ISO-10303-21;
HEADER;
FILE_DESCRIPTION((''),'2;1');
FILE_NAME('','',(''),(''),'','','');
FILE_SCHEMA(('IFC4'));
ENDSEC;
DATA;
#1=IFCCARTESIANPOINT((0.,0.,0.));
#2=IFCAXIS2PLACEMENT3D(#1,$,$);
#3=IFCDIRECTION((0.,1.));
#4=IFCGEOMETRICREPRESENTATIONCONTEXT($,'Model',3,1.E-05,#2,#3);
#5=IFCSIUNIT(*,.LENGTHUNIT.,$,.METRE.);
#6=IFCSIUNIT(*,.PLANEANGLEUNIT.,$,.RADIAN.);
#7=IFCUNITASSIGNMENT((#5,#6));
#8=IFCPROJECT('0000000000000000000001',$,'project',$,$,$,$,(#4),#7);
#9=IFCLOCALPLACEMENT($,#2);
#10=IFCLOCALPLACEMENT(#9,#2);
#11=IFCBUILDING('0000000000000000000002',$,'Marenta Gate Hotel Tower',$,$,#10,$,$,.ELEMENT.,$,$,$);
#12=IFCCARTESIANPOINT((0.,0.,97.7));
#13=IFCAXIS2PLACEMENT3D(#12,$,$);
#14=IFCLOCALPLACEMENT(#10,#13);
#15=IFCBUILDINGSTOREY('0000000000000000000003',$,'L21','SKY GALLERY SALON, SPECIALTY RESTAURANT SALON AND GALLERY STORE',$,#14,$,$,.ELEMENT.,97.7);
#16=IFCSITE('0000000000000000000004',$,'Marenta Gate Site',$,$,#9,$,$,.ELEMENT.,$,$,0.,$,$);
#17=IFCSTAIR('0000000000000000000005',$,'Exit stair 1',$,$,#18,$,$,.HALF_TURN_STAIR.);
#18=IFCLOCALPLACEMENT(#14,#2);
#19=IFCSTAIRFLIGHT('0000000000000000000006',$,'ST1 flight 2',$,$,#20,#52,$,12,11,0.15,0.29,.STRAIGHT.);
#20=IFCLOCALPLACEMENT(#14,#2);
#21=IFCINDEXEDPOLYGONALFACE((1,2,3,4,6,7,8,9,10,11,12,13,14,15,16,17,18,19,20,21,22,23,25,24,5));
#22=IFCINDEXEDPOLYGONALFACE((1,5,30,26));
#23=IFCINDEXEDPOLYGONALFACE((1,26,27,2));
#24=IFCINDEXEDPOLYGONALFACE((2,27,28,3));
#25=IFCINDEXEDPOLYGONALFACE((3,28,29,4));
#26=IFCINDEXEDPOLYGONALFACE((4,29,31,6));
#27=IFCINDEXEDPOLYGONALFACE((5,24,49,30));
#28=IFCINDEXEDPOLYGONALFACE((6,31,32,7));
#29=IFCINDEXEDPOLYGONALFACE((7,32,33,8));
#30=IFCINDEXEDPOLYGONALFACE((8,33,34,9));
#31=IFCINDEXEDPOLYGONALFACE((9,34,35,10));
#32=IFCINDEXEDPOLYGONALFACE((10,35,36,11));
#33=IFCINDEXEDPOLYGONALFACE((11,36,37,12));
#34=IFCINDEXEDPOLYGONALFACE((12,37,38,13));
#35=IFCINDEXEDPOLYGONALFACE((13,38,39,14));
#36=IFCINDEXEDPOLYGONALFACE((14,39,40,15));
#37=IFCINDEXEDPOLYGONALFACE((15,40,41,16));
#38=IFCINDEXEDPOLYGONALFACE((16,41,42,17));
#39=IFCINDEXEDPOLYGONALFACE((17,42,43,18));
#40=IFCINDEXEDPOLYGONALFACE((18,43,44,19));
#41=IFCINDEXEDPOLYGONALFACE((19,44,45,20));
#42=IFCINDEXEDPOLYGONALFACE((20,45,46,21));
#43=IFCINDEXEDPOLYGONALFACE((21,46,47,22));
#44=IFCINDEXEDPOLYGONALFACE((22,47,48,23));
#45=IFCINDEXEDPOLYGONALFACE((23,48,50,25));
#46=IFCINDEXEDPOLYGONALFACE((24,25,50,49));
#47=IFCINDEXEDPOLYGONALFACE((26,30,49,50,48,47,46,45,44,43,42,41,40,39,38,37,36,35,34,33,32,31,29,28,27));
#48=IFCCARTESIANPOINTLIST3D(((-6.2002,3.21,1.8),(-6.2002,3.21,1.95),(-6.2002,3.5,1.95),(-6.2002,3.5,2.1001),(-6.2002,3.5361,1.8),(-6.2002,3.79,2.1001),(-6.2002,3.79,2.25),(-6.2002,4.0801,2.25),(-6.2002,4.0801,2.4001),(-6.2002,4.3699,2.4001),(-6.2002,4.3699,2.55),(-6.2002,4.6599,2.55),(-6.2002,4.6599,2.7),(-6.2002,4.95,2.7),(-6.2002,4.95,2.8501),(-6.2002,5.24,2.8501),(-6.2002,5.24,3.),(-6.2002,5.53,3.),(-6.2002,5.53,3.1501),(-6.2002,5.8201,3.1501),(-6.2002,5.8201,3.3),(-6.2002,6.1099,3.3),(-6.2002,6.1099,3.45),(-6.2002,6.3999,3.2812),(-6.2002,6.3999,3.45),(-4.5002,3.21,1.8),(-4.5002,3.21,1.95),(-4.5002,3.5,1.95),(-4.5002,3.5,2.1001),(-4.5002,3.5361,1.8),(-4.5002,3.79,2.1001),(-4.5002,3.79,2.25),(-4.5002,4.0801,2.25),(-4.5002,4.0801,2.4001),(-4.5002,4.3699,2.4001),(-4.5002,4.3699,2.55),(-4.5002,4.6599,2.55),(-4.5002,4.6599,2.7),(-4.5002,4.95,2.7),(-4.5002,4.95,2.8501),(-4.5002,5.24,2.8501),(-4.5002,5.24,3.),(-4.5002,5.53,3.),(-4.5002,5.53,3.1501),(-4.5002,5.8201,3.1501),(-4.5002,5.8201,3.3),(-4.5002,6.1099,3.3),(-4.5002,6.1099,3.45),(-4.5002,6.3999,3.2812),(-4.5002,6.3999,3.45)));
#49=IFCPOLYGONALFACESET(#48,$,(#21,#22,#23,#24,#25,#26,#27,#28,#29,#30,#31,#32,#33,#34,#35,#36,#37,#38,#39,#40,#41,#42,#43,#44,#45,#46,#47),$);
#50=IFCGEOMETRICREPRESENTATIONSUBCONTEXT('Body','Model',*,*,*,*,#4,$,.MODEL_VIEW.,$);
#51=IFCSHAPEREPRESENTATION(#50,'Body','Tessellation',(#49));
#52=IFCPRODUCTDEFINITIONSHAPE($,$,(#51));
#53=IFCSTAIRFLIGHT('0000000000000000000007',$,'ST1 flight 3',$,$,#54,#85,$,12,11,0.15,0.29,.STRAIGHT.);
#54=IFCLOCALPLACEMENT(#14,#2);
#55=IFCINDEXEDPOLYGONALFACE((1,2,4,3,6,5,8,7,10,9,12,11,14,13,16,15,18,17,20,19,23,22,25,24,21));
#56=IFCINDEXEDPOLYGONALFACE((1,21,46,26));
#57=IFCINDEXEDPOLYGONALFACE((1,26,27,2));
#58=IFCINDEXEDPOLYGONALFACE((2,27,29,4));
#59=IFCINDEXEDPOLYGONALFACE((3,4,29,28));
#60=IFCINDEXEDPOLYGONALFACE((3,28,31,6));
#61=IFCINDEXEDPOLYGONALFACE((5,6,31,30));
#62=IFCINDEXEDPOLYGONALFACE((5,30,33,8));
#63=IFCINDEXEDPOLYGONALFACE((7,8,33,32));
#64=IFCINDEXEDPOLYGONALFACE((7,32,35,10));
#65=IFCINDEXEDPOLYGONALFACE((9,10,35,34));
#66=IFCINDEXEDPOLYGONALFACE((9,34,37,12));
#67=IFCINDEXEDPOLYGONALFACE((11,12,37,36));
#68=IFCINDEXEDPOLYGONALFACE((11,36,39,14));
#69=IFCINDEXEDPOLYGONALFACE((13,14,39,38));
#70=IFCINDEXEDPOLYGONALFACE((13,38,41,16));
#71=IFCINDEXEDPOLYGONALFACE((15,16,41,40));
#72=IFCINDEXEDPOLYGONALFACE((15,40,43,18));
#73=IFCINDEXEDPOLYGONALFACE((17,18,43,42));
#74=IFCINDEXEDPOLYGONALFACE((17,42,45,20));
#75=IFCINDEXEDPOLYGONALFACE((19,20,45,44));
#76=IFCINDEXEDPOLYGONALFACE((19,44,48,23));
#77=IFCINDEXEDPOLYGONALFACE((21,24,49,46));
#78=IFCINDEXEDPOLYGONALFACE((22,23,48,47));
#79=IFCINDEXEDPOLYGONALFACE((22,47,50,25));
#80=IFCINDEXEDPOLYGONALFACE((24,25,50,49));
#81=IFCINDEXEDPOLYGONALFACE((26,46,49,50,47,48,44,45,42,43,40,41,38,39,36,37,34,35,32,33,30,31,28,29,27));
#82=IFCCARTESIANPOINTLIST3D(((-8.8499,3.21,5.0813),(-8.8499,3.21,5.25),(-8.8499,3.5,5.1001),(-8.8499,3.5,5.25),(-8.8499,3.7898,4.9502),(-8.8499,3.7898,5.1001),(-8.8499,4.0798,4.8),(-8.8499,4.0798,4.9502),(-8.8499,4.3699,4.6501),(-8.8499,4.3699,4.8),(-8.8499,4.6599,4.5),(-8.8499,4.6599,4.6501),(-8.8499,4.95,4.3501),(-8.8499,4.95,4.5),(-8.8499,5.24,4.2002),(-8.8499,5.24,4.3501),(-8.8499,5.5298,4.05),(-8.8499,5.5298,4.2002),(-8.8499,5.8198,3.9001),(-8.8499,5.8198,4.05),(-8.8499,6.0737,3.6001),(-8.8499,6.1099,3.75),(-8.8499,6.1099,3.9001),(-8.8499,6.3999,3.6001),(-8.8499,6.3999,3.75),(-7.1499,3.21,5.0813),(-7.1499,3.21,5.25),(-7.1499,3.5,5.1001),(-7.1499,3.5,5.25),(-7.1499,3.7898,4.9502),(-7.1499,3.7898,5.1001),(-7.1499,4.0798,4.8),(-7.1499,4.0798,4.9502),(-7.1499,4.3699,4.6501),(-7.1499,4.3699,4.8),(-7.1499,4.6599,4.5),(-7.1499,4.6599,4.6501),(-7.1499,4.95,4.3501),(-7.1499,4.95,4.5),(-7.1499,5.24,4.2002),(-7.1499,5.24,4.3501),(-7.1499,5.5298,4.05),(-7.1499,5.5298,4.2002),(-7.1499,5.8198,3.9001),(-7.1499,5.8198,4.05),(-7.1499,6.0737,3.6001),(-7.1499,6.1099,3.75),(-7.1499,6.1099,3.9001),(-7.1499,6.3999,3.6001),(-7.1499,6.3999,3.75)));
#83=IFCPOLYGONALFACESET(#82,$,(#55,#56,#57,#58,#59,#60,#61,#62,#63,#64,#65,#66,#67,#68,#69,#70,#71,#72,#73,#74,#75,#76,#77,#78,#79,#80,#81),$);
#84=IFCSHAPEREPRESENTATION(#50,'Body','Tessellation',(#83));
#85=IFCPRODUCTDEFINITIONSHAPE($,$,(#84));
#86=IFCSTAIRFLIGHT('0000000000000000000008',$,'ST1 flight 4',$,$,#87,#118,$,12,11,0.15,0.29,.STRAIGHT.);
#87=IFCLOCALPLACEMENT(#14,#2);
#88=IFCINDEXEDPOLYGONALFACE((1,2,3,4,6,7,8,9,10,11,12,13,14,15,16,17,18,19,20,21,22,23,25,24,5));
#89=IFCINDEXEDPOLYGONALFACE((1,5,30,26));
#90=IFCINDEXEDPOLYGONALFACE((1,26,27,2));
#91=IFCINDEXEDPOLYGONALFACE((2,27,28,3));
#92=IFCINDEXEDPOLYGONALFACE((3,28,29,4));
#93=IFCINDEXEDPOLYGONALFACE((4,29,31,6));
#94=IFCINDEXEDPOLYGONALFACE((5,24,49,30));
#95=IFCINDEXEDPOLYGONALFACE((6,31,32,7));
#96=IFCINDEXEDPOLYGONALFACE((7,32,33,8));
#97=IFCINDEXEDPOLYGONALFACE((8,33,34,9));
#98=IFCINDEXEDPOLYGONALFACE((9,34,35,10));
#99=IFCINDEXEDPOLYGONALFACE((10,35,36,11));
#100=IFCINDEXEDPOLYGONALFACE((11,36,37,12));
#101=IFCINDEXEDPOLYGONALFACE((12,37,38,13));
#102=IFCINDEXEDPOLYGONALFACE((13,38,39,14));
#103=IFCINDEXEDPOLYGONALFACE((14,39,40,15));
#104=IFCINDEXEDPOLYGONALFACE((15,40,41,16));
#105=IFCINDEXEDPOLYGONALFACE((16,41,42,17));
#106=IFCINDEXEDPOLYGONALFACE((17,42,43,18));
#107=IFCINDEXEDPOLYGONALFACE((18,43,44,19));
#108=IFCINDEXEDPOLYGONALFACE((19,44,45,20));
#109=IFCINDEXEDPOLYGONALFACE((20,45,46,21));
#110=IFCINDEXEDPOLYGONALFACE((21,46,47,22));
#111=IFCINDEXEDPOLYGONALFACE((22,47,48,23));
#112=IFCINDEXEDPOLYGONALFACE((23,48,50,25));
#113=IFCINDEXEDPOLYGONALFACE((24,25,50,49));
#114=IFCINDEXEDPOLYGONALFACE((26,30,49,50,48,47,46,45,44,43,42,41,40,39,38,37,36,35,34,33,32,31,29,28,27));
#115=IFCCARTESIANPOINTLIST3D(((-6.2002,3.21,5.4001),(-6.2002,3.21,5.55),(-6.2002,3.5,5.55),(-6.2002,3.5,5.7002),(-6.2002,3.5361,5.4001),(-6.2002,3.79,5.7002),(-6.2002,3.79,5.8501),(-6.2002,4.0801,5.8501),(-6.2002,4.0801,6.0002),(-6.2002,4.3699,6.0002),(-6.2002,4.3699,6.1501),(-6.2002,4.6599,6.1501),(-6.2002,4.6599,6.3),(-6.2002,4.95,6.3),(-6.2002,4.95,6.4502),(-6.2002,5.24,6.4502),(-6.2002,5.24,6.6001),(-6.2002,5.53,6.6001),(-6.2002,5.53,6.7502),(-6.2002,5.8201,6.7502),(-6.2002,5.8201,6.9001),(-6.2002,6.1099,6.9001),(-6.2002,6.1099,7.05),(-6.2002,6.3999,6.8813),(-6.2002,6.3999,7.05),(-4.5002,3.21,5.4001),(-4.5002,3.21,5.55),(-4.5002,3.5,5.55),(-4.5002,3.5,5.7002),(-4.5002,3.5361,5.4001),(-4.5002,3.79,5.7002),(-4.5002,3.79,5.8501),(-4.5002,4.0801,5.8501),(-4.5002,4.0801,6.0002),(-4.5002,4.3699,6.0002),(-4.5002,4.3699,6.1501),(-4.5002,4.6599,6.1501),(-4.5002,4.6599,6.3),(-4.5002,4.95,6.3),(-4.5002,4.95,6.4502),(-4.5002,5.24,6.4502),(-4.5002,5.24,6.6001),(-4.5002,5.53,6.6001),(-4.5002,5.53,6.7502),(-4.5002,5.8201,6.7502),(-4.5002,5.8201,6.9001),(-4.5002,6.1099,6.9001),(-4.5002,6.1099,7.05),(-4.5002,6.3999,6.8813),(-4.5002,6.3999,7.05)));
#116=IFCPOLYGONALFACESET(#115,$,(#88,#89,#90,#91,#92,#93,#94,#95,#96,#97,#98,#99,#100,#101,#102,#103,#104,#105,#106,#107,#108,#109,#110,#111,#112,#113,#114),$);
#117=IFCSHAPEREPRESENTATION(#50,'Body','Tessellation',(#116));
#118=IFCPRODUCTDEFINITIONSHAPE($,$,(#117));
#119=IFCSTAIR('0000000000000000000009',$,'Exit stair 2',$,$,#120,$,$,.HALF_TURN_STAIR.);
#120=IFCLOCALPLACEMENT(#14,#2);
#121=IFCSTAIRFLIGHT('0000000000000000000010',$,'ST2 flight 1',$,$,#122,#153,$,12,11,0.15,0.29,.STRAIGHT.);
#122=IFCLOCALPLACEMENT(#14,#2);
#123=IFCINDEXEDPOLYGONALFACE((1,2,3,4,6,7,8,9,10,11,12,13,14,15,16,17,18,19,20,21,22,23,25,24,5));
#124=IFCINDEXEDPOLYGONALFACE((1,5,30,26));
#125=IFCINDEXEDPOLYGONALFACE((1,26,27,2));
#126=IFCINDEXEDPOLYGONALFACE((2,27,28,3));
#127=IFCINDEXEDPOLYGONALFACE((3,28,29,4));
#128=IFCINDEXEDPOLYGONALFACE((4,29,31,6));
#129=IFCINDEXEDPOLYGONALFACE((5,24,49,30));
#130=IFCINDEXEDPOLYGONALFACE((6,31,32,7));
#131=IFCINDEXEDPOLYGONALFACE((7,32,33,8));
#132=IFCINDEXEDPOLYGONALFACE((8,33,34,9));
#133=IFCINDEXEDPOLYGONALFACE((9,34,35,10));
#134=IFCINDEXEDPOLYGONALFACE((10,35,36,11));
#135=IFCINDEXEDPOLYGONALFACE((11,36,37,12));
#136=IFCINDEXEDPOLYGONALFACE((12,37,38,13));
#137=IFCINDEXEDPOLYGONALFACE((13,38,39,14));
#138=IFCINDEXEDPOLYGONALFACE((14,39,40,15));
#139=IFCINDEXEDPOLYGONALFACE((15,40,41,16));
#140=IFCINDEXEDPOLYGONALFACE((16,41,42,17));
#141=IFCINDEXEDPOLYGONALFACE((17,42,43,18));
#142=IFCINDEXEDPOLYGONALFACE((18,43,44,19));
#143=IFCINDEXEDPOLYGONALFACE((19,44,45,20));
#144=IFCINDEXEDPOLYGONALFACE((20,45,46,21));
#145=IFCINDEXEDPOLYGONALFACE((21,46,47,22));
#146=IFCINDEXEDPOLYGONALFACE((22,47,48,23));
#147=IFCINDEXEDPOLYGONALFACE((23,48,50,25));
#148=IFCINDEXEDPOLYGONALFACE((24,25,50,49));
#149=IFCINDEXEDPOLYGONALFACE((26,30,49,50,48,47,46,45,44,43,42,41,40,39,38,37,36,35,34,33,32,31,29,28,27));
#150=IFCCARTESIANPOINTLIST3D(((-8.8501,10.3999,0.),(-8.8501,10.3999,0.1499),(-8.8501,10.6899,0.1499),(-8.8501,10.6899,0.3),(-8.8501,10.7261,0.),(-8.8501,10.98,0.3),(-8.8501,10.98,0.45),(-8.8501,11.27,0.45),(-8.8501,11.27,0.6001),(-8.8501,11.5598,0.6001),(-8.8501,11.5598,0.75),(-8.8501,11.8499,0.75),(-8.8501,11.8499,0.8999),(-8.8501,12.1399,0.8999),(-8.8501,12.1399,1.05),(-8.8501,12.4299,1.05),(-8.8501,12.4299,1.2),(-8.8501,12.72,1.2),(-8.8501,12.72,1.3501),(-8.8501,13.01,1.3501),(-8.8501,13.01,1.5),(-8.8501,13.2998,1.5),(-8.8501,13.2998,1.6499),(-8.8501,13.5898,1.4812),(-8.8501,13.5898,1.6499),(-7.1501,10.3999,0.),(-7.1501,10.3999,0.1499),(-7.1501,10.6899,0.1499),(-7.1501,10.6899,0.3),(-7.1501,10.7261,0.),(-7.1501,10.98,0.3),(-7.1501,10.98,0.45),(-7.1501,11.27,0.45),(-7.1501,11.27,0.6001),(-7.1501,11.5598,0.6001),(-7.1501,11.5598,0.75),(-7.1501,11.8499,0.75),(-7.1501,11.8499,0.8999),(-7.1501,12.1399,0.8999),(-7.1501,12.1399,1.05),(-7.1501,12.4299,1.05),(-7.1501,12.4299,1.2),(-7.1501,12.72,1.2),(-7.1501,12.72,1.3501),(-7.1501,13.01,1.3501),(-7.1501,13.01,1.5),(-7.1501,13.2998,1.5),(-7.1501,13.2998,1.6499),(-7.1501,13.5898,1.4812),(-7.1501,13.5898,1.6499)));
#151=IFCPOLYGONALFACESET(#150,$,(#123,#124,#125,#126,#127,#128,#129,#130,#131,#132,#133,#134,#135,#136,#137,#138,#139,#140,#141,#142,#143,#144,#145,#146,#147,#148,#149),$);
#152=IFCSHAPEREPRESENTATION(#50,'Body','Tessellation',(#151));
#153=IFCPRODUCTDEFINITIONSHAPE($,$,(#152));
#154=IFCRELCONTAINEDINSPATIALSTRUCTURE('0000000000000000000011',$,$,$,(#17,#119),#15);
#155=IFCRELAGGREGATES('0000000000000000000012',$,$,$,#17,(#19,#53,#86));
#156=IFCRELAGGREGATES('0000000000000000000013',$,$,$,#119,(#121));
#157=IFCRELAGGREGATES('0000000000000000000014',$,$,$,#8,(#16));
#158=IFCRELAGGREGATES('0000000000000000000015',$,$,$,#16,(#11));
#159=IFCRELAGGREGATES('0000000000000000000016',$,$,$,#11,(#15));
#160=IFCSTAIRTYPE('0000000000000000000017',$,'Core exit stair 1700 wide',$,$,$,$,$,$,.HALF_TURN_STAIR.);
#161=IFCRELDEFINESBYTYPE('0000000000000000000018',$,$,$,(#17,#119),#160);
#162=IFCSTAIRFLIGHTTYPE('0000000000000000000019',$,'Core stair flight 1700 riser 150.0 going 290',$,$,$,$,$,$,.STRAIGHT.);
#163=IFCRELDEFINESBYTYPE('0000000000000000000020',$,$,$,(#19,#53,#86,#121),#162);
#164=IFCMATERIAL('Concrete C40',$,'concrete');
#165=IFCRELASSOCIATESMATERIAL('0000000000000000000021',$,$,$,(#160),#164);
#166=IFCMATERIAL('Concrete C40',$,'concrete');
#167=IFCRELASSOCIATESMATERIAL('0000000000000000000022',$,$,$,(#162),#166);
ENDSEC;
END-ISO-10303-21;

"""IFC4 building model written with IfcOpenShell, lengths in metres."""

from ifc_helpers import new_model, si_unit, direction, frame, origin, place, context, subcontext, project, spatial, polyline, outline, extrude, material, type_object, element, aggregate, save


model = new_model("IFC4")

# Units and contexts
model_context = context("Model", 3, precision=1e-05, world=origin(), true_north=direction((0.0, 1.0)))
body_context = subcontext(model_context, "Body", "Model", "MODEL_VIEW")
ifc_project = project(units=[si_unit("LENGTHUNIT", "METRE"), si_unit("PLANEANGLEUNIT", "RADIAN")], contexts=[model_context])

# Site, building, storey
site_placement = place(None, origin())
site = spatial("IfcSite", under=ifc_project, at=site_placement, Name="Marenta Gate Site", CompositionType="ELEMENT", RefElevation=0.0)
building_placement = place(site_placement, origin())
building = spatial("IfcBuilding", under=site, at=building_placement, Name="Marenta Gate Hotel Tower", CompositionType="ELEMENT")
storey_placement = place(building_placement, frame((0.0, 0.0, 97.7)))
storey = spatial("IfcBuildingStorey", under=building, at=storey_placement, Name="L21", Description="SKY GALLERY SALON, SPECIALTY RESTAURANT SALON AND GALLERY STORE", CompositionType="ELEMENT", Elevation=97.7)

# Stairs, stair flights
ifc_material_1 = material(Name="Concrete C40", Category="concrete")
stair_type = type_object("IfcStairType", Name="Core exit stair 1700 wide", PredefinedType="HALF_TURN_STAIR", material=ifc_material_1)
stair_1_placement = place(storey_placement, origin())
stair_1 = element("IfcStair", 1, at=stair_1_placement, inside=storey, type_object=stair_type, Name="Exit stair 1", PredefinedType="HALF_TURN_STAIR")
ifc_material_2 = material(Name="Concrete C40", Category="concrete")
stair_flight_type = type_object("IfcStairFlightType", Name="Core stair flight 1700 riser 150.0 going 290", PredefinedType="STRAIGHT", material=ifc_material_2)
stair_flight_1_placement = place(storey_placement, frame((-5.3501, 3.21, 1.8), z_axis=(0.0, 0.0, 1.0), x_axis=(0.0, 1.0, 0.0)))
stair_flight_1 = element("IfcStairFlight", 2, at=stair_flight_1_placement, type_object=stair_flight_type, Name="ST1 flight 2", NumberOfRisers=12, NumberOfTreads=11, PredefinedType="STRAIGHT", RiserHeight=0.15, TreadLength=0.29, context=body_context, shape_type="SweptSolid", body=[
    extrude(outline(polyline([(0.0, 0.0), (0.0, 0.1499), (0.29, 0.1499), (0.29, 0.3), (0.5801, 0.3), (0.5801, 0.45), (0.8701, 0.45), (0.8701, 0.6001), (1.1599, 0.6001), (1.1599, 0.75), (1.45, 0.75), (1.45, 0.8999), (1.74, 0.8999), (1.74, 1.05), (2.03, 1.05), (2.03, 1.2), (2.3201, 1.2), (2.3201, 1.3501), (2.6101, 1.3501), (2.6101, 1.5), (2.8999, 1.5), (2.8999, 1.6499), (3.1899, 1.6499), (3.1899, 1.8), (3.1899, 1.4812), (0.3262, 0.0), (0.0, 0.0)])), frame((0.0, 0.8501, 0.0), z_axis=(0.0, -1.0, 0.0), x_axis=(1.0, 0.0, 0.0)), (0.0, 0.0, 1.0), 1.7),
])
stair_flight_2_placement = place(storey_placement, frame((-8.0, 6.3999, 3.6001), z_axis=(0.0, 0.0, 1.0), x_axis=(0.0, -1.0, 0.0)))
stair_flight_2 = element("IfcStairFlight", 3, at=stair_flight_2_placement, type_object=stair_flight_type, Name="ST1 flight 3", NumberOfRisers=12, NumberOfTreads=11, PredefinedType="STRAIGHT", RiserHeight=0.15, TreadLength=0.29, context=body_context, shape_type="SweptSolid", body=[
    extrude(outline(polyline([(0.0, 0.0), (0.0, 0.1499), (0.29, 0.1499), (0.29, 0.3), (0.5801, 0.3), (0.5801, 0.45), (0.8701, 0.45), (0.8701, 0.6001), (1.1599, 0.6001), (1.1599, 0.75), (1.45, 0.75), (1.45, 0.8999), (1.74, 0.8999), (1.74, 1.05), (2.03, 1.05), (2.03, 1.2), (2.3201, 1.2), (2.3201, 1.3501), (2.6101, 1.3501), (2.6101, 1.5), (2.8999, 1.5), (2.8999, 1.6499), (3.1899, 1.6499), (3.1899, 1.8), (3.1899, 1.4812), (0.3262, 0.0), (0.0, 0.0)])), frame((0.0, 0.8501, 0.0), z_axis=(0.0, -1.0, 0.0), x_axis=(1.0, 0.0, 0.0)), (0.0, 0.0, 1.0), 1.7),
])
stair_flight_3_placement = place(storey_placement, frame((-5.3501, 3.21, 5.4001), z_axis=(0.0, 0.0, 1.0), x_axis=(0.0, 1.0, 0.0)))
stair_flight_3 = element("IfcStairFlight", 4, at=stair_flight_3_placement, type_object=stair_flight_type, Name="ST1 flight 4", NumberOfRisers=12, NumberOfTreads=11, PredefinedType="STRAIGHT", RiserHeight=0.15, TreadLength=0.29, context=body_context, shape_type="SweptSolid", body=[
    extrude(outline(polyline([(0.0, 0.0), (0.0, 0.1499), (0.29, 0.1499), (0.29, 0.3), (0.5801, 0.3), (0.5801, 0.45), (0.8701, 0.45), (0.8701, 0.6001), (1.1599, 0.6001), (1.1599, 0.75), (1.45, 0.75), (1.45, 0.8999), (1.74, 0.8999), (1.74, 1.05), (2.03, 1.05), (2.03, 1.2), (2.3201, 1.2), (2.3201, 1.3501), (2.6101, 1.3501), (2.6101, 1.5), (2.8999, 1.5), (2.8999, 1.6499), (3.1899, 1.6499), (3.1899, 1.8), (3.1899, 1.4812), (0.3262, 0.0), (0.0, 0.0)])), frame((0.0, 0.8501, 0.0), z_axis=(0.0, -1.0, 0.0), x_axis=(1.0, 0.0, 0.0)), (0.0, 0.0, 1.0), 1.7),
])
aggregate(stair_1, [stair_flight_1, stair_flight_2, stair_flight_3])
stair_2_placement = place(storey_placement, origin())
stair_2 = element("IfcStair", 5, at=stair_2_placement, inside=storey, type_object=stair_type, Name="Exit stair 2", PredefinedType="HALF_TURN_STAIR")
stair_flight_4_placement = place(storey_placement, frame((-8.0, 10.3999, 0.0), z_axis=(0.0, 0.0, 1.0), x_axis=(0.0, 1.0, 0.0)))
stair_flight_4 = element("IfcStairFlight", 6, at=stair_flight_4_placement, type_object=stair_flight_type, Name="ST2 flight 1", NumberOfRisers=12, NumberOfTreads=11, PredefinedType="STRAIGHT", RiserHeight=0.15, TreadLength=0.29, context=body_context, shape_type="SweptSolid", body=[
    extrude(outline(polyline([(0.0, 0.0), (0.0, 0.1499), (0.29, 0.1499), (0.29, 0.3), (0.5801, 0.3), (0.5801, 0.45), (0.8701, 0.45), (0.8701, 0.6001), (1.1599, 0.6001), (1.1599, 0.75), (1.45, 0.75), (1.45, 0.8999), (1.74, 0.8999), (1.74, 1.05), (2.03, 1.05), (2.03, 1.2), (2.3201, 1.2), (2.3201, 1.3501), (2.6101, 1.3501), (2.6101, 1.5), (2.8999, 1.5), (2.8999, 1.6499), (3.1899, 1.6499), (3.1899, 1.8), (3.1899, 1.4812), (0.3262, 0.0), (0.0, 0.0)])), frame((0.0, 0.8501, 0.0), z_axis=(0.0, -1.0, 0.0), x_axis=(1.0, 0.0, 0.0)), (0.0, 0.0, 1.0), 1.7),
])
aggregate(stair_2, [stair_flight_4])

save(model, "model.ifc")
